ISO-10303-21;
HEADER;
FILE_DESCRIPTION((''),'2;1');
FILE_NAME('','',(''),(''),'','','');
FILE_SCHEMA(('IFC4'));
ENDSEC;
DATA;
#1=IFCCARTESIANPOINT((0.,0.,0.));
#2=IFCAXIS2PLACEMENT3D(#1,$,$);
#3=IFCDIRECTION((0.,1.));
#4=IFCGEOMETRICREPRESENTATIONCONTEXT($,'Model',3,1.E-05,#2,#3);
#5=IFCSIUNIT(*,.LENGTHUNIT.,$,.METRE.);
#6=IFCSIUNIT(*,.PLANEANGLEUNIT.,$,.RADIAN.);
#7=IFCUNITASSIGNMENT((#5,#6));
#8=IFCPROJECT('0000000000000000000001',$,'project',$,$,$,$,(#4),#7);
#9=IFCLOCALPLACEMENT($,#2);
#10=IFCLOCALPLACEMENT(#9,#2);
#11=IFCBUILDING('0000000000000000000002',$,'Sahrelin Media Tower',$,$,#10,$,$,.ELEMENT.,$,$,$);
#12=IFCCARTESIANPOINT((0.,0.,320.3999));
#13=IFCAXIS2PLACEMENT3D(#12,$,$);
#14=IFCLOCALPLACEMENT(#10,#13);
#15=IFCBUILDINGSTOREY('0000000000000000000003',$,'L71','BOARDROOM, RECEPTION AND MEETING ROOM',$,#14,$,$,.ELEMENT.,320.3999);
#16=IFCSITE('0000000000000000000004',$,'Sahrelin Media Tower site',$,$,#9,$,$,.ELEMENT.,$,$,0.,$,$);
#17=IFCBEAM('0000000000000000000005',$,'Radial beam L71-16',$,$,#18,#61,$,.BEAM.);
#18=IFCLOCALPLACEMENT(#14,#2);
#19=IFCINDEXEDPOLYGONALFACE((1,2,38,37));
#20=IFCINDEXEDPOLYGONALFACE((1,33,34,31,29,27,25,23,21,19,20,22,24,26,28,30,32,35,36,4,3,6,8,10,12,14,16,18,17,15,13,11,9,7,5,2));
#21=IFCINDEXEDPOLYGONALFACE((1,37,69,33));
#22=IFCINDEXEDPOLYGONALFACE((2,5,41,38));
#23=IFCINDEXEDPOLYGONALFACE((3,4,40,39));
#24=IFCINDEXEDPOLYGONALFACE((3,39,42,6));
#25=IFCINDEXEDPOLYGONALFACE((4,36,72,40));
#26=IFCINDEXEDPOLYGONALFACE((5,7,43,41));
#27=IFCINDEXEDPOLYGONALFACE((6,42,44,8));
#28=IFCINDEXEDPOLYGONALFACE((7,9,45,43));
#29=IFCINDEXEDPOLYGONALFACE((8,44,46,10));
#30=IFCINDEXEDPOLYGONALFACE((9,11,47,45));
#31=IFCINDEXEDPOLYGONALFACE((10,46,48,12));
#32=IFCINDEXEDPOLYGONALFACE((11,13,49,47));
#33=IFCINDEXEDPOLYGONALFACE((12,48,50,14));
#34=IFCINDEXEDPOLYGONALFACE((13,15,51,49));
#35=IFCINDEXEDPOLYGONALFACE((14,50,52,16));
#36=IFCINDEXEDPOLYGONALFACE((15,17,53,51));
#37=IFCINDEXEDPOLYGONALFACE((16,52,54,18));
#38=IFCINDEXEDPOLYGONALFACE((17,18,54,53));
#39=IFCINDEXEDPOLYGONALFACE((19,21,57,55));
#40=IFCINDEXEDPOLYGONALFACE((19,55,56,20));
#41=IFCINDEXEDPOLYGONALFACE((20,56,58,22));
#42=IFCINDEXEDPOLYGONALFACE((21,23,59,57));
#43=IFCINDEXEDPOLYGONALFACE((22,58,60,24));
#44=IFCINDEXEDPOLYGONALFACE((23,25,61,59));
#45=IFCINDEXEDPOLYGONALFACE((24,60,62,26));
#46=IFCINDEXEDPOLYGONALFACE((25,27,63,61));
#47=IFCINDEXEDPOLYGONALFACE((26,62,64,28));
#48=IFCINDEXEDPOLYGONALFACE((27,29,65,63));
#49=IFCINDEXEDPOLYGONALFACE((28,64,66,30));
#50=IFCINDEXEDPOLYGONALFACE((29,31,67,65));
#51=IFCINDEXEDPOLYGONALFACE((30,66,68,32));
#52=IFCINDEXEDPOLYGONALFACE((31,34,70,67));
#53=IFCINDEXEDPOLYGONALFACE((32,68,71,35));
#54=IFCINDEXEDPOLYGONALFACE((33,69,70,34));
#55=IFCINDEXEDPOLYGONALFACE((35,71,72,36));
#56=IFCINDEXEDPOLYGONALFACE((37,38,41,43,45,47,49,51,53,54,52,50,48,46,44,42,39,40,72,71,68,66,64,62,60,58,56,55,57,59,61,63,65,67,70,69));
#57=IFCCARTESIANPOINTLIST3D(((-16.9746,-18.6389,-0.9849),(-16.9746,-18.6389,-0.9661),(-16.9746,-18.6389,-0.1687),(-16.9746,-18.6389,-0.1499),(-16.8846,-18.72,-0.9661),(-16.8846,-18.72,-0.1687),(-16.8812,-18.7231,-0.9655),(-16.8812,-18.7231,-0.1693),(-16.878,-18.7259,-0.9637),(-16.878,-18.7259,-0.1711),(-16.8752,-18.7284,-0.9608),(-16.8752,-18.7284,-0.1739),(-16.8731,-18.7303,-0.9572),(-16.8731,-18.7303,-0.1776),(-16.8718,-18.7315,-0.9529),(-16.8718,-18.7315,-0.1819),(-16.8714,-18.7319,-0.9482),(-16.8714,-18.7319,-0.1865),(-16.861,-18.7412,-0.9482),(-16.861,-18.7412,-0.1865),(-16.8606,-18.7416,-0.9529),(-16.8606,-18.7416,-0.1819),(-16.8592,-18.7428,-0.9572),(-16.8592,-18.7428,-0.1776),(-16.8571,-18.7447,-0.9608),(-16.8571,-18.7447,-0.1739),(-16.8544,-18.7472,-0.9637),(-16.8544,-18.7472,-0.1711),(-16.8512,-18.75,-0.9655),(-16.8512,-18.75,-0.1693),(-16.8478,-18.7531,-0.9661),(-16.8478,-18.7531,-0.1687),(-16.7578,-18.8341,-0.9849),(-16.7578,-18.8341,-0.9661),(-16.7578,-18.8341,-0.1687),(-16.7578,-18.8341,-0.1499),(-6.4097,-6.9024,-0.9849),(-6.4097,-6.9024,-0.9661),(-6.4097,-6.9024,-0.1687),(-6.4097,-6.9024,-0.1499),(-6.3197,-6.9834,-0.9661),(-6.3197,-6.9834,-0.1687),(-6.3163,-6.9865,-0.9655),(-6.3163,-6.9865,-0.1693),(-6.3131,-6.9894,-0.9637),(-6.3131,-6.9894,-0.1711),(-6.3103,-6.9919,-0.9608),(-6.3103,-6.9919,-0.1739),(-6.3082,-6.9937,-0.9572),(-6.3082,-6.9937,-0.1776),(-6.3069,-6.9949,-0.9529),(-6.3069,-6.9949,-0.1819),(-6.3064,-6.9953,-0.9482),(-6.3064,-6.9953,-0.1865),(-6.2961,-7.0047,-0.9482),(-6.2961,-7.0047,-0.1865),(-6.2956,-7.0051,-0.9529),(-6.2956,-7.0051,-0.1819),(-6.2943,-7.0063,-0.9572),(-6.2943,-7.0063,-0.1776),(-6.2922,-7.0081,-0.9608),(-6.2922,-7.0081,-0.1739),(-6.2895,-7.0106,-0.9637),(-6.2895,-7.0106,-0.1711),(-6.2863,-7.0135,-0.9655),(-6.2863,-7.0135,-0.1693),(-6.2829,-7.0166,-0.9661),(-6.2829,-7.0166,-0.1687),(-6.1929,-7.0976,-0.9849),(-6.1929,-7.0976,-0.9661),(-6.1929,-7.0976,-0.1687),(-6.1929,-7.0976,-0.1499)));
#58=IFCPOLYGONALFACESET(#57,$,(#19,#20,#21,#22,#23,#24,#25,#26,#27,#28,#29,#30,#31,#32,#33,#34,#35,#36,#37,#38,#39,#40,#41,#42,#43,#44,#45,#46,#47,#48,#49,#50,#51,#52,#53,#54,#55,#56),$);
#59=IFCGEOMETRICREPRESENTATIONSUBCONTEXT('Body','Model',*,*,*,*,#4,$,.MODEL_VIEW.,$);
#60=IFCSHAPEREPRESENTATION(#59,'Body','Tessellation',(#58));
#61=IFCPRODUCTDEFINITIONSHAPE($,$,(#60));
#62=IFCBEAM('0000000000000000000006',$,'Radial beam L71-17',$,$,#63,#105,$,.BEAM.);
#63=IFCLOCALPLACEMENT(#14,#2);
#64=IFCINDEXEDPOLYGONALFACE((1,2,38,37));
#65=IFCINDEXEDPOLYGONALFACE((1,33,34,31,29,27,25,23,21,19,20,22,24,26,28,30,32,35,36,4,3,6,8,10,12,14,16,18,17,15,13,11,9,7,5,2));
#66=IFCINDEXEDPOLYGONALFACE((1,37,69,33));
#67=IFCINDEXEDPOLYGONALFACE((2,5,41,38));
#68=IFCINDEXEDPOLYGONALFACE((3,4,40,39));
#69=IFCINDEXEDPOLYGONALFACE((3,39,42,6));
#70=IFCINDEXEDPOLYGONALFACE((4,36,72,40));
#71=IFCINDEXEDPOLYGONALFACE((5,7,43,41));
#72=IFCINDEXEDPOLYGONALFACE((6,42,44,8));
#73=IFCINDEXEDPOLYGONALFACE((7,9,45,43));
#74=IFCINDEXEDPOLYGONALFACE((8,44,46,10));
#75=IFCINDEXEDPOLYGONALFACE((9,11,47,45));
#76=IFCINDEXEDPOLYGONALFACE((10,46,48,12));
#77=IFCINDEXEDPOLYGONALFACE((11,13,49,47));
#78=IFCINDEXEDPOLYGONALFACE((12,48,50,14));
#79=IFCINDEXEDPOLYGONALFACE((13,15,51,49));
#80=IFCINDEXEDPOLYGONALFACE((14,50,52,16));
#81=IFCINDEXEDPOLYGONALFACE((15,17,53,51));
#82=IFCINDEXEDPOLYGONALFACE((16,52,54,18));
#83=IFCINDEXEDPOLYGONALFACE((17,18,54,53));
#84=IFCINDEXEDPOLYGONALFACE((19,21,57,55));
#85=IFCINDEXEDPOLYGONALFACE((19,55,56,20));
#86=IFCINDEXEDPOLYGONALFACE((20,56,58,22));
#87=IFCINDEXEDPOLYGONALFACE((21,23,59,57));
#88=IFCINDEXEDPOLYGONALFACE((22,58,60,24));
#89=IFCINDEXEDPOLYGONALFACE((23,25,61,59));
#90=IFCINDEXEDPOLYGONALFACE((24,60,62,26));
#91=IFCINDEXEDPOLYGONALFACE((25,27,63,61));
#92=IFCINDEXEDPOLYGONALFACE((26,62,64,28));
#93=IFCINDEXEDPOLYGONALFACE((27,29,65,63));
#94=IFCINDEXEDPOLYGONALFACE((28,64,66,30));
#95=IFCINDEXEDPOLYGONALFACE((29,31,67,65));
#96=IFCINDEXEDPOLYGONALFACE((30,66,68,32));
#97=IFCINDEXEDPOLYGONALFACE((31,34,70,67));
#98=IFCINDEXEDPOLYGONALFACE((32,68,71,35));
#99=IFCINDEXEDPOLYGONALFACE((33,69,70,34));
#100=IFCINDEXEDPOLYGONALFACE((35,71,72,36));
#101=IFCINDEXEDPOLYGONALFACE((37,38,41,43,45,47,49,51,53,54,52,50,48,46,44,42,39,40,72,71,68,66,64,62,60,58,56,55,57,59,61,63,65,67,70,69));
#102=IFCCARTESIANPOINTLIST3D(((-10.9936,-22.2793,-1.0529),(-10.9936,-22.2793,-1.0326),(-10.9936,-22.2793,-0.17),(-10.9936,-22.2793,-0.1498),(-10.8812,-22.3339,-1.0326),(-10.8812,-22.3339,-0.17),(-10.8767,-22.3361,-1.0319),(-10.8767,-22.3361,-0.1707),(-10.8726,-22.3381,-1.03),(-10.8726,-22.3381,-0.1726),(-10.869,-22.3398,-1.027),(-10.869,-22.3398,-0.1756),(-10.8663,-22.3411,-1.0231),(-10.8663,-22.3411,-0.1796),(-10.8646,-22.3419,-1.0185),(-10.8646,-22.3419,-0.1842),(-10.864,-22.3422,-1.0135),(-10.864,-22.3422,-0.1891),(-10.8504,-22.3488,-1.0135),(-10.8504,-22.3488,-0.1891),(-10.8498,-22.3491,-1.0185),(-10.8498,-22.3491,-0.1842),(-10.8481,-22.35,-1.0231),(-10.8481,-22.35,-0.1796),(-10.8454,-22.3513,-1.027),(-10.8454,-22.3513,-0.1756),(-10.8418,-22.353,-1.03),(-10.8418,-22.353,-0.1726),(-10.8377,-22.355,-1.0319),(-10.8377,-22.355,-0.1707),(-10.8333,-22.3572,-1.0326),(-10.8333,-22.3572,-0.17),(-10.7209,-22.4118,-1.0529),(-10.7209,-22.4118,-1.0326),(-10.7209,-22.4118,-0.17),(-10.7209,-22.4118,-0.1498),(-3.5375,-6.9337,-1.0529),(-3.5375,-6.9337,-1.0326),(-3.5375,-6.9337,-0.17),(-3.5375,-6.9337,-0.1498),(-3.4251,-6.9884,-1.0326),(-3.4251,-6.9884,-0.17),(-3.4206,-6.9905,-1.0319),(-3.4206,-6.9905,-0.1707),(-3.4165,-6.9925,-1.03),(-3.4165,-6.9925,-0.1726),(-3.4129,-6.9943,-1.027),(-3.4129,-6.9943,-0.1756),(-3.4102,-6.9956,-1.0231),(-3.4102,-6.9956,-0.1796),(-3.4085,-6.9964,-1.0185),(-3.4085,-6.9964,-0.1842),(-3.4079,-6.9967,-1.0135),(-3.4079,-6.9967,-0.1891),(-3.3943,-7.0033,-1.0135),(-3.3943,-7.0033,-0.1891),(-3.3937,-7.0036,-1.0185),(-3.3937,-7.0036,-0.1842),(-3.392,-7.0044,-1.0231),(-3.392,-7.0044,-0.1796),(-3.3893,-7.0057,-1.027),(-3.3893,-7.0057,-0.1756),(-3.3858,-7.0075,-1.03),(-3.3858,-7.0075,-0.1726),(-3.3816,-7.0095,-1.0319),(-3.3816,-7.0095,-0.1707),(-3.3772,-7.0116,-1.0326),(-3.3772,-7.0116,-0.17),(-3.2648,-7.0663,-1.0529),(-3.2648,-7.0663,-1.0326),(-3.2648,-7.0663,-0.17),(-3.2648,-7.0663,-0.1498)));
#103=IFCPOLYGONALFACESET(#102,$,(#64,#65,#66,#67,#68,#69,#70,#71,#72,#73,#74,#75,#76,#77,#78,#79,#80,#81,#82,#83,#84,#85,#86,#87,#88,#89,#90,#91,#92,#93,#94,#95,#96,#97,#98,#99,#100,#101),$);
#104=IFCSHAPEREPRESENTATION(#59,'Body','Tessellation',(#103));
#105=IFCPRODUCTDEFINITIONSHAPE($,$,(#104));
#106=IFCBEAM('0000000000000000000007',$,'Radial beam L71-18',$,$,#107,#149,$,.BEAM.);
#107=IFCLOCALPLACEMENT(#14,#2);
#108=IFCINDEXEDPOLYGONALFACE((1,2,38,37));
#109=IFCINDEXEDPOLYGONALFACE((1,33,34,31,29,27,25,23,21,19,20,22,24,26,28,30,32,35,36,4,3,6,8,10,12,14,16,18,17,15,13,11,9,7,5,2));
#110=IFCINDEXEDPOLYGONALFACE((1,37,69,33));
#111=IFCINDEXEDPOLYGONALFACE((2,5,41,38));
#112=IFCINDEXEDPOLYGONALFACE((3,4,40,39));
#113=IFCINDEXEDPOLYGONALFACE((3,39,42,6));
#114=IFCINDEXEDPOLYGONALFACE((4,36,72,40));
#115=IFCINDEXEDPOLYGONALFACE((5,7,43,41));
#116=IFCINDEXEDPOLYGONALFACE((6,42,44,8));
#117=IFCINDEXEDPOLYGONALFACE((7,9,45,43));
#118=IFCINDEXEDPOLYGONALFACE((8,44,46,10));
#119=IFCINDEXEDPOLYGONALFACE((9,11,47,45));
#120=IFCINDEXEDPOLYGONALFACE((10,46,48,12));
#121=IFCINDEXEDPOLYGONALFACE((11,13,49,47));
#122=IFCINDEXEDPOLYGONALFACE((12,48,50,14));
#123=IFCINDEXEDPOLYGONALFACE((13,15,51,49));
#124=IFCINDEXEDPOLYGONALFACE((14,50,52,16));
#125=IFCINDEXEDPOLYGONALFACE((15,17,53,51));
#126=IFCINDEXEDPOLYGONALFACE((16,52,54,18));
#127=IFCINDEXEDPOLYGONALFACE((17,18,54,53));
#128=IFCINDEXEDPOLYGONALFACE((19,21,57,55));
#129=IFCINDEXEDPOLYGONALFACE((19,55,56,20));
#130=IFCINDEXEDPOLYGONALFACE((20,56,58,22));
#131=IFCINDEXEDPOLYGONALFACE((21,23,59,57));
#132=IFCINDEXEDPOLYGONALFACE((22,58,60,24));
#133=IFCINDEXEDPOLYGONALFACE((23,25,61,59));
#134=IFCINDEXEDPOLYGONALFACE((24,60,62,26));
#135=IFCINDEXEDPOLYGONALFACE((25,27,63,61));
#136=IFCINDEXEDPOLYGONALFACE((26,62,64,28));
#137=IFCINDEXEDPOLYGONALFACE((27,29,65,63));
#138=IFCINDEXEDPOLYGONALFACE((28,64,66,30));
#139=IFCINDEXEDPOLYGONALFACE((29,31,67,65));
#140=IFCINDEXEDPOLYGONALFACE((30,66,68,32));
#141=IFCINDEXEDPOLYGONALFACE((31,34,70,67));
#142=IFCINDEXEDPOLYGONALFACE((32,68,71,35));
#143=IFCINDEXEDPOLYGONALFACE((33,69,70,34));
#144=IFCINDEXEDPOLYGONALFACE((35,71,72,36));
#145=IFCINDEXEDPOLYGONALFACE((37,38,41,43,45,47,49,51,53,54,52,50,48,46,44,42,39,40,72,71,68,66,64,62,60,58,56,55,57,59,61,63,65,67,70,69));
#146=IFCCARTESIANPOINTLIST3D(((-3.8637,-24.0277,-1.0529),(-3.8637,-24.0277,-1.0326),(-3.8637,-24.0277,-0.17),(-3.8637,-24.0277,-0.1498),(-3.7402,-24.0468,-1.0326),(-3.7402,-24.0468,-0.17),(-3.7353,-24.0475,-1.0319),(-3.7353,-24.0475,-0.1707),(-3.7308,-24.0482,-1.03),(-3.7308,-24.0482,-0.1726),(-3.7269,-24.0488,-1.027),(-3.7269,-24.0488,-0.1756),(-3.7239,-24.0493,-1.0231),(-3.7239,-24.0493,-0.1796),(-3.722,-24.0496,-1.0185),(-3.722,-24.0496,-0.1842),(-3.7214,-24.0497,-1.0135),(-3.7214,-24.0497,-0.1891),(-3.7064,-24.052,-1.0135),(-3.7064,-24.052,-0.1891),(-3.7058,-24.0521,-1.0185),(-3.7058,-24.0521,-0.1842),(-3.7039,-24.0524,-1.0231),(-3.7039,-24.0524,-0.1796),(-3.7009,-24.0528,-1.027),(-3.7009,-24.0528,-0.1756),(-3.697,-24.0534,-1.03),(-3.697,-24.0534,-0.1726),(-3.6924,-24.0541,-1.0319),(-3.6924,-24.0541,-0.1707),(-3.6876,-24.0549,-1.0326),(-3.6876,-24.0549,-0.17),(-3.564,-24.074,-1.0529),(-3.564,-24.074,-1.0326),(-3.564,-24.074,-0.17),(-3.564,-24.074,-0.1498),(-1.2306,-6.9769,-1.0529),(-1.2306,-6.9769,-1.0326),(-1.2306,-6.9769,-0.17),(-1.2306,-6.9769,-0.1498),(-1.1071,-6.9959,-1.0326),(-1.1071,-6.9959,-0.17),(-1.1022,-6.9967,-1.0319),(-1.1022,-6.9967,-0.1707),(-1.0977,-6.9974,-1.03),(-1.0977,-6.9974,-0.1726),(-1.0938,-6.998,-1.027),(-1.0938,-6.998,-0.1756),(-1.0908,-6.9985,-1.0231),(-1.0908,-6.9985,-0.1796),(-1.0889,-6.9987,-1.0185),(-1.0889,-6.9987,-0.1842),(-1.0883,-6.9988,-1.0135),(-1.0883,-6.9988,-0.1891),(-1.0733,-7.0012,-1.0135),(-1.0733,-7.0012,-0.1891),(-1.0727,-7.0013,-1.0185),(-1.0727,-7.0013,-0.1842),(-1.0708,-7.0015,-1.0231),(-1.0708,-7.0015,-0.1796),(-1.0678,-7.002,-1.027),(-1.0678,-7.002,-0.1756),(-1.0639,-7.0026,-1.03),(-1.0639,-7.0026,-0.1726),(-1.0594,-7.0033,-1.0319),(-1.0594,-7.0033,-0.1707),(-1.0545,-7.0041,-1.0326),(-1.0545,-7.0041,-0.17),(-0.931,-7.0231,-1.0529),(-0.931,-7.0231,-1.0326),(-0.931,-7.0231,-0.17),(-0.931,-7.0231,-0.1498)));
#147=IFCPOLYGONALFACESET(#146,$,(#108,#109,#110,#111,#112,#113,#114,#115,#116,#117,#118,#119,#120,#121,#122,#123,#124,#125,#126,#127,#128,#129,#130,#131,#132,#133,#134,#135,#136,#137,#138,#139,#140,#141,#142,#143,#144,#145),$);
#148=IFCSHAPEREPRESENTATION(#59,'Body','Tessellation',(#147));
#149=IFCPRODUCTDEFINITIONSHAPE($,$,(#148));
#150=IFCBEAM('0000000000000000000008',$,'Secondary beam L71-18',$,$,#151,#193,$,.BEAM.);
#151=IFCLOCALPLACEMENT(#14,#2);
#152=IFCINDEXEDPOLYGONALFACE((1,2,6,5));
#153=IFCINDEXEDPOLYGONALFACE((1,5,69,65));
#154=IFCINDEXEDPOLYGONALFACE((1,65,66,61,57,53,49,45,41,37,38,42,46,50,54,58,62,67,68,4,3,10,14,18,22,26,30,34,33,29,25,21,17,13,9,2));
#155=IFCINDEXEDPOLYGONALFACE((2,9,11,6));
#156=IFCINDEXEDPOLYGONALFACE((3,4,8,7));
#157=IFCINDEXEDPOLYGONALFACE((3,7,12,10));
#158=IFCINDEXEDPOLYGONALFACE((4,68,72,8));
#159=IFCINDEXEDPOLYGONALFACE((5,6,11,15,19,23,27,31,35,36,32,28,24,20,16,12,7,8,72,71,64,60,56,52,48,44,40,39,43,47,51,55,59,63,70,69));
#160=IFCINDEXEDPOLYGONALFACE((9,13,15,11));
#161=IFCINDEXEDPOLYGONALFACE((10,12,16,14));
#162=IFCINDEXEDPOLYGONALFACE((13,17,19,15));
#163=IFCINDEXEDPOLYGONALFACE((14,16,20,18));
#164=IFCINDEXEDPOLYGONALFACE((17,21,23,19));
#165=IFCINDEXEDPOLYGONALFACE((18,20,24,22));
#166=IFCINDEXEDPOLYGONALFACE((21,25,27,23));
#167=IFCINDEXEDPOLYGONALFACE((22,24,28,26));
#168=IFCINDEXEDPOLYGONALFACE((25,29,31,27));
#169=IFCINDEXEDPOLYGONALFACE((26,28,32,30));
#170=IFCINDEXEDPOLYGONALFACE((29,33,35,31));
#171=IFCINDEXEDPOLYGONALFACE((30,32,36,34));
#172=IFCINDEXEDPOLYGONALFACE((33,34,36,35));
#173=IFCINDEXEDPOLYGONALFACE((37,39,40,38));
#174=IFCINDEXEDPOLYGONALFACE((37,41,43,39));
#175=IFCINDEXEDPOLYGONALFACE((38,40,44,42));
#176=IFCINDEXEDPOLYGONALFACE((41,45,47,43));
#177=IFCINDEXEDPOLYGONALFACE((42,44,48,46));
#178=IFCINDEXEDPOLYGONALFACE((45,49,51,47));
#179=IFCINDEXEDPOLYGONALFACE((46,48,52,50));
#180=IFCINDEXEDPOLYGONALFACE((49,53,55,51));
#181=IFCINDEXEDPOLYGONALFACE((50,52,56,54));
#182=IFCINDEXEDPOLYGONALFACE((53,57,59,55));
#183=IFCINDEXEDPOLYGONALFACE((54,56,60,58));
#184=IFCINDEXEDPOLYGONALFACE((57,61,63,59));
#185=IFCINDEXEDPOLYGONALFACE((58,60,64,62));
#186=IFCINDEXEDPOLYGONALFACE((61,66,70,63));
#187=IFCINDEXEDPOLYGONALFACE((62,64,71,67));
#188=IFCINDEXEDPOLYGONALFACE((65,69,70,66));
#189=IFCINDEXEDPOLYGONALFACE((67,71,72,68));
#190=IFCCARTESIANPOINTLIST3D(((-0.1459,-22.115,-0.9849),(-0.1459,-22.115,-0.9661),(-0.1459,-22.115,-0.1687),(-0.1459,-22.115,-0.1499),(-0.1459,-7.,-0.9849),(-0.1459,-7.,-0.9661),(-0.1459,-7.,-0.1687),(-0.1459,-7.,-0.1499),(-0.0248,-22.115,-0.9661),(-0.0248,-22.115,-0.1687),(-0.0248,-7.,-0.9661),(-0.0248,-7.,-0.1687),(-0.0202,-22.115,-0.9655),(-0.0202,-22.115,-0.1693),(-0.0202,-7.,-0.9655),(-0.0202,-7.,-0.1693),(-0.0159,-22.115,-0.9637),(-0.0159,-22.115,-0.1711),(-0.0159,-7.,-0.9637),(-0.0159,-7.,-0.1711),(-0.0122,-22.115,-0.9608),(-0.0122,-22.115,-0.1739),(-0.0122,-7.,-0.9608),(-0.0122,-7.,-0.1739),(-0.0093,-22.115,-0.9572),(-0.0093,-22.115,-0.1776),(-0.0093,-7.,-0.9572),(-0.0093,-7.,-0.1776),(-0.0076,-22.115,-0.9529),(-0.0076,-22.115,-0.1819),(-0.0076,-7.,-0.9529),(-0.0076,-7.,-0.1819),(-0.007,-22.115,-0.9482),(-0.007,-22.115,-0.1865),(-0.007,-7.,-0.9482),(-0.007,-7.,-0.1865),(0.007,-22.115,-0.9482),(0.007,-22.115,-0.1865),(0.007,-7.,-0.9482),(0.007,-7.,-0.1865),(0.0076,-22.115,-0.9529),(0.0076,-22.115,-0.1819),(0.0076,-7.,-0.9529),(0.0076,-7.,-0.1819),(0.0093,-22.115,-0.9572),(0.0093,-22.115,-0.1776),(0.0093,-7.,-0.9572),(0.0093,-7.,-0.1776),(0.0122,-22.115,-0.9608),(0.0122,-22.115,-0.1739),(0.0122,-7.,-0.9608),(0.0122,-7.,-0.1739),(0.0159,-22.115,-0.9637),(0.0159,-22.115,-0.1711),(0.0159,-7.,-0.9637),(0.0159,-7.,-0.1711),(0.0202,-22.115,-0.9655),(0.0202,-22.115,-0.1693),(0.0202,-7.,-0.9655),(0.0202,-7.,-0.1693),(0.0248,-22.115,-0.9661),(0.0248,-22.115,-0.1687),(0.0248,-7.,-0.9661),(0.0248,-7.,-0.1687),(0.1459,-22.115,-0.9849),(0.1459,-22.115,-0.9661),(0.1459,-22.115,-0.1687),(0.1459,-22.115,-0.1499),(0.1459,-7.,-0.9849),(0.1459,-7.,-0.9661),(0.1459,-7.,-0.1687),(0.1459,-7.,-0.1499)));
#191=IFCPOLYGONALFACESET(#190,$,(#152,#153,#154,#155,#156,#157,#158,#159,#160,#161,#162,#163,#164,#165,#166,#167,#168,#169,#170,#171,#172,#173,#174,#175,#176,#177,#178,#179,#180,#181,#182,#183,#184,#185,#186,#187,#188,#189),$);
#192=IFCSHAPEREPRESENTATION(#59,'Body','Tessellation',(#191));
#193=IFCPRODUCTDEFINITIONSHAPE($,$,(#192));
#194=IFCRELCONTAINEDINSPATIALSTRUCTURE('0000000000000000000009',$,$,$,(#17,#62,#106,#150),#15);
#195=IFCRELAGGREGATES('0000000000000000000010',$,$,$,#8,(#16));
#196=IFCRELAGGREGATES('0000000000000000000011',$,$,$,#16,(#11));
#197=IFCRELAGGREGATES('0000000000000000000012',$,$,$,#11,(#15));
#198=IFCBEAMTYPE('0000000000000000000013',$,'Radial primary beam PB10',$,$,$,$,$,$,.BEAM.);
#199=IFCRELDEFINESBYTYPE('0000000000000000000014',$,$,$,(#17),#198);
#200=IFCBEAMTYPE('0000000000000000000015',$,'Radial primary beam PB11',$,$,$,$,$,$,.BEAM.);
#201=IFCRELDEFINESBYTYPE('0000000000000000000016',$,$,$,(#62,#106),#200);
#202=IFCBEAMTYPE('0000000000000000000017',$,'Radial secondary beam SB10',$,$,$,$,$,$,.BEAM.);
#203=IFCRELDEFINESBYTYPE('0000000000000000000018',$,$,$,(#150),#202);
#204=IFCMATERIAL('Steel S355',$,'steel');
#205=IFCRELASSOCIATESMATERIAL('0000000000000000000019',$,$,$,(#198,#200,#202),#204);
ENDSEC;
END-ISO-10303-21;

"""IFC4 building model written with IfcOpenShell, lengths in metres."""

from ifc_helpers import new_model, si_unit, direction, frame, origin, origin_2d, place, context, subcontext, project, spatial, i_section, extrude, material, material_profile, profile_set, type_object, element, save


model = new_model("IFC4")

# Units and contexts
model_context = context("Model", 3, precision=1e-05, world=origin(), true_north=direction((0.0, 1.0)))
body_context = subcontext(model_context, "Body", "Model", "MODEL_VIEW")
ifc_project = project(units=[si_unit("LENGTHUNIT", "METRE"), si_unit("PLANEANGLEUNIT", "RADIAN")], contexts=[model_context])

# Site, building, storey
site_placement = place(None, origin())
site = spatial("IfcSite", under=ifc_project, at=site_placement, Name="Sahrelin Media Tower site", CompositionType="ELEMENT", RefElevation=0.0)
building_placement = place(site_placement, origin())
building = spatial("IfcBuilding", under=site, at=building_placement, Name="Sahrelin Media Tower", CompositionType="ELEMENT")
storey_placement = place(building_placement, frame((0.0, 0.0, 320.3999)))
storey = spatial("IfcBuildingStorey", under=building, at=storey_placement, Name="L71", Description="BOARDROOM, RECEPTION AND MEETING ROOM", CompositionType="ELEMENT", Elevation=320.3999)

# Beams
ifc_material_1 = material(Name="Steel S355", Category="steel")
ifc_material_profile_1 = material_profile(ifc_material_1, i_section(OverallWidth=0.2917, OverallDepth=0.835, WebThickness=0.0139, FlangeThickness=0.0188, FilletRadius=0.0178, at=origin_2d()), Name="UB 838x292x176")
ifc_profile_set_1 = profile_set([ifc_material_profile_1], Name="Steel S355")
beam_type_1 = type_object("IfcBeamType", Name="Radial primary beam PB10", PredefinedType="BEAM", material=ifc_profile_set_1)
beam_1_placement = place(storey_placement, frame((-6.3013, -7.0, -0.5674), z_axis=(-0.669036, -0.74323, 0.0), x_axis=(0.74323, -0.669036, 0.0)))
element("IfcBeam", 1, at=beam_1_placement, inside=storey, type_object=beam_type_1, Name="Radial beam L71-16", PredefinedType="BEAM", context=body_context, shape_type="SweptSolid", body=[
    extrude(i_section(OverallWidth=0.2917, OverallDepth=0.835, WebThickness=0.0139, FlangeThickness=0.0188, FilletRadius=0.0178, at=origin_2d()), origin(), (0.0, 0.0, 1.0), 15.7913),
])
ifc_material_profile_2 = material_profile(ifc_material_1, i_section(OverallWidth=0.3032, OverallDepth=0.9031, WebThickness=0.0151, FlangeThickness=0.0203, FilletRadius=0.019, at=origin_2d()), Name="UB 914x305x201")
ifc_profile_set_2 = profile_set([ifc_material_profile_2], Name="Steel S355")
beam_type_2 = type_object("IfcBeamType", Name="Radial primary beam PB11", PredefinedType="BEAM", material=ifc_profile_set_2)
beam_2_placement = place(storey_placement, frame((-3.4011, -7.0, -0.6013), z_axis=(-0.437025, -0.89945, 0.0), x_axis=(0.89945, -0.437025, 0.0)))
element("IfcBeam", 2, at=beam_2_placement, inside=storey, type_object=beam_type_2, Name="Radial beam L71-17", PredefinedType="BEAM", context=body_context, shape_type="SweptSolid", body=[
    extrude(i_section(OverallWidth=0.3032, OverallDepth=0.9031, WebThickness=0.0151, FlangeThickness=0.0203, FilletRadius=0.019, at=origin_2d()), origin(), (0.0, 0.0, 1.0), 17.061),
])
beam_3_placement = place(storey_placement, frame((-1.0808, -7.0, -0.6013), z_axis=(-0.152615, -0.988286, 0.0), x_axis=(0.988286, -0.152615, 0.0)))
element("IfcBeam", 3, at=beam_3_placement, inside=storey, type_object=beam_type_2, Name="Radial beam L71-18", PredefinedType="BEAM", context=body_context, shape_type="SweptSolid", body=[
    extrude(i_section(OverallWidth=0.3032, OverallDepth=0.9031, WebThickness=0.0151, FlangeThickness=0.0203, FilletRadius=0.019, at=origin_2d()), origin(), (0.0, 0.0, 1.0), 17.2529),
])
ifc_material_profile_3 = material_profile(ifc_material_1, i_section(OverallWidth=0.2917, OverallDepth=0.835, WebThickness=0.0139, FlangeThickness=0.0188, FilletRadius=0.0178, at=origin_2d()), Name="UB 838x292x176")
ifc_profile_set_3 = profile_set([ifc_material_profile_3], Name="Steel S355")
beam_type_3 = type_object("IfcBeamType", Name="Radial secondary beam SB10", PredefinedType="BEAM", material=ifc_profile_set_3)
beam_4_placement = place(storey_placement, frame((0.0, -7.0, -0.5674), z_axis=(0.0, -1.0, 0.0), x_axis=(1.0, 0.0, 0.0)))
element("IfcBeam", 4, at=beam_4_placement, inside=storey, type_object=beam_type_3, Name="Secondary beam L71-18", PredefinedType="BEAM", context=body_context, shape_type="SweptSolid", body=[
    extrude(i_section(OverallWidth=0.2917, OverallDepth=0.835, WebThickness=0.0139, FlangeThickness=0.0188, FilletRadius=0.0178, at=origin_2d()), origin(), (0.0, 0.0, 1.0), 15.115),
])

save(model, "model.ifc")
